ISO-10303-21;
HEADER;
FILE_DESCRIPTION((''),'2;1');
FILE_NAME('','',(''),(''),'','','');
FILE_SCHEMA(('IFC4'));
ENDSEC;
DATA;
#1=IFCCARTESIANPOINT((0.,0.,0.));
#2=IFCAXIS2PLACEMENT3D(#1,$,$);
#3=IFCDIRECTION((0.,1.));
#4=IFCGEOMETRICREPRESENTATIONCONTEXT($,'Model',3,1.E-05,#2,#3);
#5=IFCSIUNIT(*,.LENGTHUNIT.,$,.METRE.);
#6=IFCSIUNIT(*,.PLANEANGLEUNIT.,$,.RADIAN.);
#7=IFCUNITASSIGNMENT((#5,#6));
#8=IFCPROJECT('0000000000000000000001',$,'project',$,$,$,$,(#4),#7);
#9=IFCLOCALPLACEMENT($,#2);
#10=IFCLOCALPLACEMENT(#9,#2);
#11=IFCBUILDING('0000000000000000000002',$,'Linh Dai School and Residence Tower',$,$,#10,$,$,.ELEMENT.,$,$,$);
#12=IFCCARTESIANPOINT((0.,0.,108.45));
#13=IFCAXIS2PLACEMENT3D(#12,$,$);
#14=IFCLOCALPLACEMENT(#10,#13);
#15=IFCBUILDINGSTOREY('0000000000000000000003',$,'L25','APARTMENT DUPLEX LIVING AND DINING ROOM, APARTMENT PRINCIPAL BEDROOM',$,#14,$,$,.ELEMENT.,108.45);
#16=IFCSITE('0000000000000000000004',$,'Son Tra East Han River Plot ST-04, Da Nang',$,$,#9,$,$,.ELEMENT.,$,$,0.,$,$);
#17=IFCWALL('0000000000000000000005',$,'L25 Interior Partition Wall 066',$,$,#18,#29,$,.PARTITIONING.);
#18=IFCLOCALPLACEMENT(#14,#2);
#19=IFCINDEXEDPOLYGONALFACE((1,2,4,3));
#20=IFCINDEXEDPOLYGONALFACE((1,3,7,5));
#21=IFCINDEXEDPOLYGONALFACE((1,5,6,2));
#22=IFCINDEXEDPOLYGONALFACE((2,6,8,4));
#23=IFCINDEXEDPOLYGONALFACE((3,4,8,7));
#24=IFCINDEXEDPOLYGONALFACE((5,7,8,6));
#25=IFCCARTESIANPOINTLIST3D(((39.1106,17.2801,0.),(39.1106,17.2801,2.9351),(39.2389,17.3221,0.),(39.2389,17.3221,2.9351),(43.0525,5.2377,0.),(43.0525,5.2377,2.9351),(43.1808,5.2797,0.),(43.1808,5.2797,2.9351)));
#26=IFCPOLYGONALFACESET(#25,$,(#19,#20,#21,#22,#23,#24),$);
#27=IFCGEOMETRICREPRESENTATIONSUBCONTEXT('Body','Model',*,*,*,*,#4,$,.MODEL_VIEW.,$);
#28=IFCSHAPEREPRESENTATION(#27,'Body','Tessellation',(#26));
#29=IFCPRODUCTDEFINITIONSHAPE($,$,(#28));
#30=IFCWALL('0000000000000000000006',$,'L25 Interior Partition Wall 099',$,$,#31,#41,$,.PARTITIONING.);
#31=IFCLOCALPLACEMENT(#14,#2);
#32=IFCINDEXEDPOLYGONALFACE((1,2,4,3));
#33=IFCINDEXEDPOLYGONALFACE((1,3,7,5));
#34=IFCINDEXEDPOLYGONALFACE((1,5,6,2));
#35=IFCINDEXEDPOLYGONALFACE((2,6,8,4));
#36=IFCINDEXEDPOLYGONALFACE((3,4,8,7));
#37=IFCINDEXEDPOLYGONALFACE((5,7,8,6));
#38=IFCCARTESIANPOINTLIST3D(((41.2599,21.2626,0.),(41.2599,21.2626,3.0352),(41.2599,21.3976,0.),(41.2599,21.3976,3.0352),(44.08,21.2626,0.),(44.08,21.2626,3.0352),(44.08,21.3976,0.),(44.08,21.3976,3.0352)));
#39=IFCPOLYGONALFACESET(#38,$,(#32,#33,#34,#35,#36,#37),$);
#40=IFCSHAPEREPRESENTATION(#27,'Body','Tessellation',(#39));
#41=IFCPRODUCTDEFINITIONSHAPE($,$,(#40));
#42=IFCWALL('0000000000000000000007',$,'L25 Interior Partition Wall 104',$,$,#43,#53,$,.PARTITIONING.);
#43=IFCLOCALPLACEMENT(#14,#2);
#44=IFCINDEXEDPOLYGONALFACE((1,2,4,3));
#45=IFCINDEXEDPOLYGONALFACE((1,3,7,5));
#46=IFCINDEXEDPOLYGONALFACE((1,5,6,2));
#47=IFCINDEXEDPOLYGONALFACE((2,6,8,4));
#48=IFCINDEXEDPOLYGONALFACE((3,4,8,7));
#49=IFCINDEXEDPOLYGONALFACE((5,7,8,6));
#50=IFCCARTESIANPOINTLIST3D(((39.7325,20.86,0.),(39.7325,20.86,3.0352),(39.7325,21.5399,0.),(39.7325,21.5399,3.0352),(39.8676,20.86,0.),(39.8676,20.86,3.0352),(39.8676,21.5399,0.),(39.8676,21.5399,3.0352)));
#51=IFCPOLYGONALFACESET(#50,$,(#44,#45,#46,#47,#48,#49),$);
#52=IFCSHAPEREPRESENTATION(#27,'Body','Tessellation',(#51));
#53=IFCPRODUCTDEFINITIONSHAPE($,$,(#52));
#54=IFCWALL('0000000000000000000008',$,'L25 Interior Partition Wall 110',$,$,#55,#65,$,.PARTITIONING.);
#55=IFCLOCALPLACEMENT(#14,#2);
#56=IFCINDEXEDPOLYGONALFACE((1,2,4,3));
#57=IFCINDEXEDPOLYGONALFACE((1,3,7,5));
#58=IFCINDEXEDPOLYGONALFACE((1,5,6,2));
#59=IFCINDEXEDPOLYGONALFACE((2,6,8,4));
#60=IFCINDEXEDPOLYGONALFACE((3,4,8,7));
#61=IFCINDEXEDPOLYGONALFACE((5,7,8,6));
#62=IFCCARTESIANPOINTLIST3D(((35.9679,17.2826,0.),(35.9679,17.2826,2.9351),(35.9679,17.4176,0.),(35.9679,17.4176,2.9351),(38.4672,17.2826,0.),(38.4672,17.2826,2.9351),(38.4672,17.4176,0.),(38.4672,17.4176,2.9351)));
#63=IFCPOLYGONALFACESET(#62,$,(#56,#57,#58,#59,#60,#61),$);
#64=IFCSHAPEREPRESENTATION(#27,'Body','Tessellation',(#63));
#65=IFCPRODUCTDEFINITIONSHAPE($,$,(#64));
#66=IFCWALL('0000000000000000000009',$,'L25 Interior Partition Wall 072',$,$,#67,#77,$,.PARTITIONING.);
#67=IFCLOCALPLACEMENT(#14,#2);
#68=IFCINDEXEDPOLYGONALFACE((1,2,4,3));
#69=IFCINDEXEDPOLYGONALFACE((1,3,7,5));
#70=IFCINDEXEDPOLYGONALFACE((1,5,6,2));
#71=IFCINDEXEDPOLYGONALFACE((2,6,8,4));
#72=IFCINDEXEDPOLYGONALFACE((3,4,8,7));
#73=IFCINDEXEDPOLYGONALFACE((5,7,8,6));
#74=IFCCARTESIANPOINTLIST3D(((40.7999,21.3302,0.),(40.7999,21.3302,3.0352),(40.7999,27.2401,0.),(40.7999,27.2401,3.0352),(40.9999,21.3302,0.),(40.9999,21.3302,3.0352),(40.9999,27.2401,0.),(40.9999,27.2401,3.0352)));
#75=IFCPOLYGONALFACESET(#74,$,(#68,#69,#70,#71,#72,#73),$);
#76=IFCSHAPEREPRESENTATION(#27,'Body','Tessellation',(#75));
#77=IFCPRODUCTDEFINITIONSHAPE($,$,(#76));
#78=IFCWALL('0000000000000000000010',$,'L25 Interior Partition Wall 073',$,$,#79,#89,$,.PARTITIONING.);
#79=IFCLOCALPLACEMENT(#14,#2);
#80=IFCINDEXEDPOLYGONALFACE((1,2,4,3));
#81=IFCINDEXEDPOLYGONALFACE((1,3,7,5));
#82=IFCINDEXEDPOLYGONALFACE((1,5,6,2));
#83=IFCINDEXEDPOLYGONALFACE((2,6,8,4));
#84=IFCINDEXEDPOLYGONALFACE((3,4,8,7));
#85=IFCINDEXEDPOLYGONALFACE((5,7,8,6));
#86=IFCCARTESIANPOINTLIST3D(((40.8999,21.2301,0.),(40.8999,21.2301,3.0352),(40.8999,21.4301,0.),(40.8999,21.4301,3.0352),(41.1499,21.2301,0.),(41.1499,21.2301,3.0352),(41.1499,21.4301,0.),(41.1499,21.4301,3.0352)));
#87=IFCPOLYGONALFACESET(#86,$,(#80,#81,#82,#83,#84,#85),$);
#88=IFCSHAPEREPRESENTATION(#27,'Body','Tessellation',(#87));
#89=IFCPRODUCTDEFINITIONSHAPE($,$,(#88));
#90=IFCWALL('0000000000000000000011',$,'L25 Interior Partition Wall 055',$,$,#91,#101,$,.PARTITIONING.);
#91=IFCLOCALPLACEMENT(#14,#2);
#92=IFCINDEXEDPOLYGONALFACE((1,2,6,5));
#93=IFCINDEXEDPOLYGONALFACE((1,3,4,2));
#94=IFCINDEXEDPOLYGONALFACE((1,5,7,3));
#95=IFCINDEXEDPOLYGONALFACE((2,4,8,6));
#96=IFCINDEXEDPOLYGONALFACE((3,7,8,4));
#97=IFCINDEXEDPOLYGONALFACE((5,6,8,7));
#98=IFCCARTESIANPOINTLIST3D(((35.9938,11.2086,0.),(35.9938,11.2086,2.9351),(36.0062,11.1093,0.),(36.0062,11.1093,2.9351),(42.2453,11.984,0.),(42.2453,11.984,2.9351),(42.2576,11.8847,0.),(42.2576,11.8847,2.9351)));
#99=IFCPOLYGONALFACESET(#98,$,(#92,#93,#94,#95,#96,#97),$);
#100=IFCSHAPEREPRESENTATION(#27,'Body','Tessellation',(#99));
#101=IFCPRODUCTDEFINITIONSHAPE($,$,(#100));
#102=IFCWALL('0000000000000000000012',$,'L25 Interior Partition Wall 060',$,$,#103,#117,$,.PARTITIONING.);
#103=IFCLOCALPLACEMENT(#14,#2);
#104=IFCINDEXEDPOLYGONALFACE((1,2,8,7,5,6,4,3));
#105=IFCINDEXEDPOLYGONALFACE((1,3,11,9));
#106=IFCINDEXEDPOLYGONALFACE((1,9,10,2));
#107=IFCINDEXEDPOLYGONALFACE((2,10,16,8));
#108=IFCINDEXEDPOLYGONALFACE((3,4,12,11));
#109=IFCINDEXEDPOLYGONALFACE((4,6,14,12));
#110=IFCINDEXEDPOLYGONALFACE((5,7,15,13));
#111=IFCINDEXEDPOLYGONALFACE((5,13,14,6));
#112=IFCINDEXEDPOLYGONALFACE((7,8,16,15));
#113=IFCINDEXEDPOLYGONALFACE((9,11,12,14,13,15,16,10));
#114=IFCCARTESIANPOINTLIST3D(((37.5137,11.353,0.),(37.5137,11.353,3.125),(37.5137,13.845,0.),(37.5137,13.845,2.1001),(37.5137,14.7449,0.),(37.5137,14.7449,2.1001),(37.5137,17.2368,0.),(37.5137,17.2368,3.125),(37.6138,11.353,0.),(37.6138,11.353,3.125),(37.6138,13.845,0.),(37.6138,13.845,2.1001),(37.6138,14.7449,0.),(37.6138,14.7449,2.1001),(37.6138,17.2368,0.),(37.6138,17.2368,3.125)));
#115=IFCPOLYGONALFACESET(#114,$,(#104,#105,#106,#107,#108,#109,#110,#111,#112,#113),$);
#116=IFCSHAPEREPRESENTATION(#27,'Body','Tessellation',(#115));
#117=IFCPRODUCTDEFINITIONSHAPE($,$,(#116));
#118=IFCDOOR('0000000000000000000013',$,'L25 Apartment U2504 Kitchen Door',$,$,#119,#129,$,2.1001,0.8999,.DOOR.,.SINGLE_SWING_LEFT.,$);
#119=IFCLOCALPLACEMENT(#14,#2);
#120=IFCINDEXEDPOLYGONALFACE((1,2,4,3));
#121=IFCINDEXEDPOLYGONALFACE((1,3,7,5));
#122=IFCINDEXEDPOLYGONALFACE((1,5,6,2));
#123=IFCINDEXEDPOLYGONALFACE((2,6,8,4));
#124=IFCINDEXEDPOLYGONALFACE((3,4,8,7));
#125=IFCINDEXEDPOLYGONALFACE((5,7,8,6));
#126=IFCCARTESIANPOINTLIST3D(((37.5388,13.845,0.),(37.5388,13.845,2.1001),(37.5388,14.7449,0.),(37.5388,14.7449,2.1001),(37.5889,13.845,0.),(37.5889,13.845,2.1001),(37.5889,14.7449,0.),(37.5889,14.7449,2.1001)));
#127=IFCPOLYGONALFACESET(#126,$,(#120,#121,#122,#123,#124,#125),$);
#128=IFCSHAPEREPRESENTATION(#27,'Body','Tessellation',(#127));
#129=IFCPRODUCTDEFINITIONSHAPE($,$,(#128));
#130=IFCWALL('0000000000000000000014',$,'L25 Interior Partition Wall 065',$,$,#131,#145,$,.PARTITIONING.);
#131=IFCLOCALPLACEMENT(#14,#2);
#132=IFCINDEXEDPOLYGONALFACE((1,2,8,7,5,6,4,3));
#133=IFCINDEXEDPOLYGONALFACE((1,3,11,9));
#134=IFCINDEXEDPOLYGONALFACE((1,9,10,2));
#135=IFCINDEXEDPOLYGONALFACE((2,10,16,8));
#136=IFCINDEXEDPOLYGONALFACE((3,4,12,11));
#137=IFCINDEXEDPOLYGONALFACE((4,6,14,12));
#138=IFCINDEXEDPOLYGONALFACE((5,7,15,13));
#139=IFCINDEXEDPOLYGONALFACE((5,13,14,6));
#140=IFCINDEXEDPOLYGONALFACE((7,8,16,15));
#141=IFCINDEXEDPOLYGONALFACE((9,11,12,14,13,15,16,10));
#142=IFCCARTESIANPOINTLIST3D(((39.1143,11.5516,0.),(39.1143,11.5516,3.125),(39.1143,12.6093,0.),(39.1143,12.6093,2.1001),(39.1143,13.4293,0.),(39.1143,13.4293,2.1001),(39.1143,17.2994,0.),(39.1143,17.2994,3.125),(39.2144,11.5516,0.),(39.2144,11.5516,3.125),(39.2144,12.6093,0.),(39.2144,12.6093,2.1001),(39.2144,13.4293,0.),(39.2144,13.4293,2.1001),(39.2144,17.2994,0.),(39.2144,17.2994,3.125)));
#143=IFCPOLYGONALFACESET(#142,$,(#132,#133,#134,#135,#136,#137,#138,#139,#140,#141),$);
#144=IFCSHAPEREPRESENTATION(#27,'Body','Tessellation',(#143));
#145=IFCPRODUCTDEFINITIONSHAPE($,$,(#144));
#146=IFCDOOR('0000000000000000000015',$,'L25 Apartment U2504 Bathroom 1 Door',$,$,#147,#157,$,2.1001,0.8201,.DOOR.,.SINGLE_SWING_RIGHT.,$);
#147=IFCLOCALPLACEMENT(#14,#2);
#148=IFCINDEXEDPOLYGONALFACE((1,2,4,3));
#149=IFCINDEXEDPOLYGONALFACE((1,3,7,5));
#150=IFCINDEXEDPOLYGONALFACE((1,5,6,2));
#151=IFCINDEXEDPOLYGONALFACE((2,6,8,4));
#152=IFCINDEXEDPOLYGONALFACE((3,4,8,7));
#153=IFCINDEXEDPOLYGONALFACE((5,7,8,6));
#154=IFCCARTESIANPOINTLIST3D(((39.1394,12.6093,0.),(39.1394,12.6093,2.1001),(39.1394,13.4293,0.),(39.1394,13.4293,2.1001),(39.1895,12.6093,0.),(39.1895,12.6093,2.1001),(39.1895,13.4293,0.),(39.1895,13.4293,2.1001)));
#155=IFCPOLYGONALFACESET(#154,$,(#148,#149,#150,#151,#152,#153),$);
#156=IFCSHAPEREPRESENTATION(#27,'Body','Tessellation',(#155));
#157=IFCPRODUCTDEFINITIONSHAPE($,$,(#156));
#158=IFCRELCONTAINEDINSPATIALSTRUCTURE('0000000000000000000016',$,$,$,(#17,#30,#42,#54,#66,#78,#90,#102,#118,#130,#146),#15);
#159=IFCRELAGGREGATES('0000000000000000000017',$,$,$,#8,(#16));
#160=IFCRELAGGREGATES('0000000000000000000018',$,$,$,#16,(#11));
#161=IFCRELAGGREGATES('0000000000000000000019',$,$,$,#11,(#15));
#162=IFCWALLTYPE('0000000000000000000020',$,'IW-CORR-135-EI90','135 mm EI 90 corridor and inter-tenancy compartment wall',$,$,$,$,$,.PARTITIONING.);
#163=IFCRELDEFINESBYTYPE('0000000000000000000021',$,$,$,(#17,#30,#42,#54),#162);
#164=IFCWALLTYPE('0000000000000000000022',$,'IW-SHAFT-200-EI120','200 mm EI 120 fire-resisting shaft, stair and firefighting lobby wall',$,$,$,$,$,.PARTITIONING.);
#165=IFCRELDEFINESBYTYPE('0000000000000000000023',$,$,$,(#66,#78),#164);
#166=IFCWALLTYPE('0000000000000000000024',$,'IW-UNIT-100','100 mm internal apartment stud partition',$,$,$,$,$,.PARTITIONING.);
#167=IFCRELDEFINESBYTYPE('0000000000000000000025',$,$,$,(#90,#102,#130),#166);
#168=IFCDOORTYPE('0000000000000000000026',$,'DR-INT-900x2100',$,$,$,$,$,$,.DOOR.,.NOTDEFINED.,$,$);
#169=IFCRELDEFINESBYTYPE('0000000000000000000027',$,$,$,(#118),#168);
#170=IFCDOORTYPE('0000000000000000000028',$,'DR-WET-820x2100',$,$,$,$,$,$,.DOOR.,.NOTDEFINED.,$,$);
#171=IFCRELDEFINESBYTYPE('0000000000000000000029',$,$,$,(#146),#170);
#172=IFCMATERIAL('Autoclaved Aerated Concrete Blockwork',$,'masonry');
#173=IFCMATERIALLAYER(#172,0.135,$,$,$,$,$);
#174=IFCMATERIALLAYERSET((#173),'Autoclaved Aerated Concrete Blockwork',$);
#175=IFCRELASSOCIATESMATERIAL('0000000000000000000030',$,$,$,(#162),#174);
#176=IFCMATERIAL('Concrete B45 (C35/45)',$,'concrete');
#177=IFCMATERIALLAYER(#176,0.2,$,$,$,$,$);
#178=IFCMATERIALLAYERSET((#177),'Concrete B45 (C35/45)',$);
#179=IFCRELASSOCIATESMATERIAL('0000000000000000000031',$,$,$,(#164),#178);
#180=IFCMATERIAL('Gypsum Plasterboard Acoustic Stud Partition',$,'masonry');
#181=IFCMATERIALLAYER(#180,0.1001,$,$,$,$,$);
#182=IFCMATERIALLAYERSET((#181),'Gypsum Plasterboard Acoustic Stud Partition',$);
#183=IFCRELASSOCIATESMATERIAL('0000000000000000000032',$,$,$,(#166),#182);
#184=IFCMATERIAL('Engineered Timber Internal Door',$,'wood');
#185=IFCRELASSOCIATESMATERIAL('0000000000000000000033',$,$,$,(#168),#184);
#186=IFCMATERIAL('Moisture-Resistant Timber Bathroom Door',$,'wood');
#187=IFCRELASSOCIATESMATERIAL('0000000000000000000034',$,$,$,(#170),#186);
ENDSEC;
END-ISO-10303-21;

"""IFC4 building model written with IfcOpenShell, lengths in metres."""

from ifc_helpers import new_model, si_unit, direction, frame, frame_2d, origin, origin_2d, place, context, subcontext, project, spatial, rectangle, extrude, source, transform, mapped, material, layer, layer_set, type_object, element, fill, save


model = new_model("IFC4")

# Units and contexts
model_context = context("Model", 3, precision=1e-05, world=origin(), true_north=direction((0.0, 1.0)))
body_context = subcontext(model_context, "Body", "Model", "MODEL_VIEW")
ifc_project = project(units=[si_unit("LENGTHUNIT", "METRE"), si_unit("PLANEANGLEUNIT", "RADIAN")], contexts=[model_context])

# Site, building, storey
site_placement = place(None, origin())
site = spatial("IfcSite", under=ifc_project, at=site_placement, Name="Son Tra East Han River Plot ST-04, Da Nang", CompositionType="ELEMENT", RefElevation=0.0)
building_placement = place(site_placement, origin())
building = spatial("IfcBuilding", under=site, at=building_placement, Name="Linh Dai School and Residence Tower", CompositionType="ELEMENT")
storey_placement = place(building_placement, frame((0.0, 0.0, 108.45)))
storey = spatial("IfcBuildingStorey", under=building, at=storey_placement, Name="L25", Description="APARTMENT DUPLEX LIVING AND DINING ROOM, APARTMENT PRINCIPAL BEDROOM", CompositionType="ELEMENT", Elevation=108.45)

# Walls
ifc_material_1 = material(Name="Autoclaved Aerated Concrete Blockwork", Category="masonry")
ifc_layer_1 = layer(ifc_material_1, 0.135)
ifc_layer_set_1 = layer_set([ifc_layer_1], Name="Autoclaved Aerated Concrete Blockwork")
wall_type_1 = type_object("IfcWallType", Name="IW-CORR-135-EI90", Description="135 mm EI 90 corridor and inter-tenancy compartment wall", PredefinedType="PARTITIONING", material=ifc_layer_set_1)
wall_1_placement = place(storey_placement, frame((39.1748, 17.301, 0.0), z_axis=(0.0, 0.0, 1.0), x_axis=(0.31109, -0.95038, 0.0)))
element("IfcWall", 1, at=wall_1_placement, inside=storey, type_object=wall_type_1, Name="L25 Interior Partition Wall 066", PredefinedType="PARTITIONING", context=body_context, shape_type="SweptSolid", body=[
    extrude(rectangle(XDim=12.6711, YDim=0.135, at=frame_2d((6.3354, 0.0))), origin(), (0.0, 0.0, 1.0), 2.9351),
])
wall_2_placement = place(storey_placement, frame((44.0801, 21.3301, 0.0), z_axis=(0.0, 0.0, 1.0), x_axis=(-1.0, 0.0, 0.0)))
element("IfcWall", 2, at=wall_2_placement, inside=storey, type_object=wall_type_1, Name="L25 Interior Partition Wall 099", PredefinedType="PARTITIONING", context=body_context, shape_type="SweptSolid", body=[
    extrude(rectangle(XDim=2.8201, YDim=0.135, at=frame_2d((1.4102, 0.0))), origin(), (0.0, 0.0, 1.0), 3.0352),
])
wall_3_placement = place(storey_placement, frame((39.8, 20.8601, 0.0), z_axis=(0.0, 0.0, 1.0), x_axis=(0.0, 1.0, 0.0)))
element("IfcWall", 3, at=wall_3_placement, inside=storey, type_object=wall_type_1, Name="L25 Interior Partition Wall 104", PredefinedType="PARTITIONING", context=body_context, shape_type="SweptSolid", body=[
    extrude(rectangle(XDim=0.6799, YDim=0.135, at=frame_2d((0.3398, 0.0))), origin(), (0.0, 0.0, 1.0), 3.0352),
])
wall_4_placement = place(storey_placement, frame((38.467, 17.3501, 0.0), z_axis=(0.0, 0.0, 1.0), x_axis=(-1.0, 0.0, 0.0)))
element("IfcWall", 4, at=wall_4_placement, inside=storey, type_object=wall_type_1, Name="L25 Interior Partition Wall 110", PredefinedType="PARTITIONING", context=body_context, shape_type="SweptSolid", body=[
    extrude(rectangle(XDim=2.4993, YDim=0.135, at=frame_2d((1.2495, 0.0))), origin(), (0.0, 0.0, 1.0), 2.9351),
])
ifc_material_2 = material(Name="Concrete B45 (C35/45)", Category="concrete")
ifc_layer_2 = layer(ifc_material_2, 0.2)
ifc_layer_set_2 = layer_set([ifc_layer_2], Name="Concrete B45 (C35/45)")
wall_type_2 = type_object("IfcWallType", Name="IW-SHAFT-200-EI120", Description="200 mm EI 120 fire-resisting shaft, stair and firefighting lobby wall", PredefinedType="PARTITIONING", material=ifc_layer_set_2)
wall_5_placement = place(storey_placement, frame((40.8999, 21.3301, 0.0), z_axis=(0.0, 0.0, 1.0), x_axis=(0.0, 1.0, 0.0)))
element("IfcWall", 5, at=wall_5_placement, inside=storey, type_object=wall_type_2, Name="L25 Interior Partition Wall 072", PredefinedType="PARTITIONING", context=body_context, shape_type="SweptSolid", body=[
    extrude(rectangle(XDim=5.9099, YDim=0.2, at=frame_2d((2.9551, 0.0))), origin(), (0.0, 0.0, 1.0), 3.0352),
])
wall_6_placement = place(storey_placement, frame((40.8999, 21.3301, 0.0), z_axis=(0.0, 0.0, 1.0), x_axis=(1.0, 0.0, 0.0)))
element("IfcWall", 6, at=wall_6_placement, inside=storey, type_object=wall_type_2, Name="L25 Interior Partition Wall 073", PredefinedType="PARTITIONING", context=body_context, shape_type="SweptSolid", body=[
    extrude(rectangle(XDim=0.25, YDim=0.2, at=frame_2d((0.125, 0.0))), origin(), (0.0, 0.0, 1.0), 3.0352),
])
ifc_material_3 = material(Name="Gypsum Plasterboard Acoustic Stud Partition", Category="masonry")
ifc_layer_3 = layer(ifc_material_3, 0.1001)
ifc_layer_set_3 = layer_set([ifc_layer_3], Name="Gypsum Plasterboard Acoustic Stud Partition")
wall_type_3 = type_object("IfcWallType", Name="IW-UNIT-100", Description="100 mm internal apartment stud partition", PredefinedType="PARTITIONING", material=ifc_layer_set_3)
wall_7_placement = place(storey_placement, frame((36.0, 11.1589, 0.0), z_axis=(0.0, 0.0, 1.0), x_axis=(0.992395, 0.12309, 0.0)))
element("IfcWall", 7, at=wall_7_placement, inside=storey, type_object=wall_type_3, Name="L25 Interior Partition Wall 055", PredefinedType="PARTITIONING", context=body_context, shape_type="SweptSolid", body=[
    extrude(rectangle(XDim=6.2993, YDim=0.1001, at=frame_2d((3.1497, 0.0))), origin(), (0.0, 0.0, 1.0), 2.9351),
])

# Walls, openings, doors
wall_8_placement = place(storey_placement, frame((37.5637, 11.353, 0.0), z_axis=(0.0, 0.0, 1.0), x_axis=(0.0, 1.0, 0.0)))
wall_8 = element("IfcWall", 8, at=wall_8_placement, inside=storey, type_object=wall_type_3, Name="L25 Interior Partition Wall 060", PredefinedType="PARTITIONING", context=body_context, shape_type="SweptSolid", body=[
    extrude(rectangle(XDim=5.8838, YDim=0.1001, at=frame_2d((2.9419, 0.0))), origin(), (0.0, 0.0, 1.0), 3.125),
])
opening_1_placement = place(wall_8_placement, frame((2.4919, 0.0, 0.0)))
opening_1 = element("IfcOpeningElement", 9, at=opening_1_placement, cuts=wall_8, PredefinedType="OPENING", context=body_context, shape_type="SweptSolid", body=[
    extrude(rectangle(XDim=0.8999, YDim=2.1001, at=origin_2d()), frame((0.45, 0.0601, 1.05), z_axis=(0.0, -1.0, 0.0), x_axis=(1.0, 0.0, 0.0)), (0.0, 0.0, 1.0), 0.1201),
])
ifc_material_4 = material(Name="Engineered Timber Internal Door", Category="wood")
door_type_1 = type_object("IfcDoorType", Name="DR-INT-900x2100", OperationType="NOTDEFINED", PredefinedType="DOOR", material=ifc_material_4)
shared_shape_1 = source(origin(), body_context, "Body", "SweptSolid", [
    extrude(rectangle(XDim=0.8999, YDim=2.1001, at=origin_2d()), frame((0.45, 0.0249, 1.05), z_axis=(0.0, -1.0, 0.0), x_axis=(1.0, 0.0, 0.0)), (0.0, 0.0, 1.0), 0.05),
])
door_1_placement = place(opening_1_placement, origin())
door_1 = element("IfcDoor", 10, at=door_1_placement, inside=storey, type_object=door_type_1, Name="L25 Apartment U2504 Kitchen Door", OperationType="SINGLE_SWING_LEFT", OverallHeight=2.1001, OverallWidth=0.8999, PredefinedType="DOOR", context=body_context, shape_type="MappedRepresentation", body=[
    mapped(shared_shape_1, transform((0.0, 0.0, 0.0), x_axis=(1.0, 0.0, 0.0), y_axis=(0.0, 1.0, 0.0), z_axis=(0.0, 0.0, 1.0), scale=1.0)),
])
fill(opening_1, door_1)
wall_9_placement = place(storey_placement, frame((39.1643, 11.5515, 0.0), z_axis=(0.0, 0.0, 1.0), x_axis=(0.0, 1.0, 0.0)))
wall_9 = element("IfcWall", 11, at=wall_9_placement, inside=storey, type_object=wall_type_3, Name="L25 Interior Partition Wall 065", PredefinedType="PARTITIONING", context=body_context, shape_type="SweptSolid", body=[
    extrude(rectangle(XDim=5.7478, YDim=0.1001, at=frame_2d((2.874, 0.0))), origin(), (0.0, 0.0, 1.0), 3.125),
])
opening_2_placement = place(wall_9_placement, frame((1.0576, 0.0, 0.0)))
opening_2 = element("IfcOpeningElement", 12, at=opening_2_placement, cuts=wall_9, PredefinedType="OPENING", context=body_context, shape_type="SweptSolid", body=[
    extrude(rectangle(XDim=0.8201, YDim=2.1001, at=origin_2d()), frame((0.4102, 0.0601, 1.05), z_axis=(0.0, -1.0, 0.0), x_axis=(1.0, 0.0, 0.0)), (0.0, 0.0, 1.0), 0.1201),
])
ifc_material_5 = material(Name="Moisture-Resistant Timber Bathroom Door", Category="wood")
door_type_2 = type_object("IfcDoorType", Name="DR-WET-820x2100", OperationType="NOTDEFINED", PredefinedType="DOOR", material=ifc_material_5)
shared_shape_2 = source(origin(), body_context, "Body", "SweptSolid", [
    extrude(rectangle(XDim=0.8201, YDim=2.1001, at=origin_2d()), frame((0.4102, 0.0249, 1.05), z_axis=(0.0, -1.0, 0.0), x_axis=(1.0, 0.0, 0.0)), (0.0, 0.0, 1.0), 0.05),
])
door_2_placement = place(opening_2_placement, origin())
door_2 = element("IfcDoor", 13, at=door_2_placement, inside=storey, type_object=door_type_2, Name="L25 Apartment U2504 Bathroom 1 Door", OperationType="SINGLE_SWING_RIGHT", OverallHeight=2.1001, OverallWidth=0.8201, PredefinedType="DOOR", context=body_context, shape_type="MappedRepresentation", body=[
    mapped(shared_shape_2, transform((0.0, 0.0, 0.0), x_axis=(1.0, 0.0, 0.0), y_axis=(0.0, 1.0, 0.0), z_axis=(0.0, 0.0, 1.0), scale=1.0)),
])
fill(opening_2, door_2)

save(model, "model.ifc")
